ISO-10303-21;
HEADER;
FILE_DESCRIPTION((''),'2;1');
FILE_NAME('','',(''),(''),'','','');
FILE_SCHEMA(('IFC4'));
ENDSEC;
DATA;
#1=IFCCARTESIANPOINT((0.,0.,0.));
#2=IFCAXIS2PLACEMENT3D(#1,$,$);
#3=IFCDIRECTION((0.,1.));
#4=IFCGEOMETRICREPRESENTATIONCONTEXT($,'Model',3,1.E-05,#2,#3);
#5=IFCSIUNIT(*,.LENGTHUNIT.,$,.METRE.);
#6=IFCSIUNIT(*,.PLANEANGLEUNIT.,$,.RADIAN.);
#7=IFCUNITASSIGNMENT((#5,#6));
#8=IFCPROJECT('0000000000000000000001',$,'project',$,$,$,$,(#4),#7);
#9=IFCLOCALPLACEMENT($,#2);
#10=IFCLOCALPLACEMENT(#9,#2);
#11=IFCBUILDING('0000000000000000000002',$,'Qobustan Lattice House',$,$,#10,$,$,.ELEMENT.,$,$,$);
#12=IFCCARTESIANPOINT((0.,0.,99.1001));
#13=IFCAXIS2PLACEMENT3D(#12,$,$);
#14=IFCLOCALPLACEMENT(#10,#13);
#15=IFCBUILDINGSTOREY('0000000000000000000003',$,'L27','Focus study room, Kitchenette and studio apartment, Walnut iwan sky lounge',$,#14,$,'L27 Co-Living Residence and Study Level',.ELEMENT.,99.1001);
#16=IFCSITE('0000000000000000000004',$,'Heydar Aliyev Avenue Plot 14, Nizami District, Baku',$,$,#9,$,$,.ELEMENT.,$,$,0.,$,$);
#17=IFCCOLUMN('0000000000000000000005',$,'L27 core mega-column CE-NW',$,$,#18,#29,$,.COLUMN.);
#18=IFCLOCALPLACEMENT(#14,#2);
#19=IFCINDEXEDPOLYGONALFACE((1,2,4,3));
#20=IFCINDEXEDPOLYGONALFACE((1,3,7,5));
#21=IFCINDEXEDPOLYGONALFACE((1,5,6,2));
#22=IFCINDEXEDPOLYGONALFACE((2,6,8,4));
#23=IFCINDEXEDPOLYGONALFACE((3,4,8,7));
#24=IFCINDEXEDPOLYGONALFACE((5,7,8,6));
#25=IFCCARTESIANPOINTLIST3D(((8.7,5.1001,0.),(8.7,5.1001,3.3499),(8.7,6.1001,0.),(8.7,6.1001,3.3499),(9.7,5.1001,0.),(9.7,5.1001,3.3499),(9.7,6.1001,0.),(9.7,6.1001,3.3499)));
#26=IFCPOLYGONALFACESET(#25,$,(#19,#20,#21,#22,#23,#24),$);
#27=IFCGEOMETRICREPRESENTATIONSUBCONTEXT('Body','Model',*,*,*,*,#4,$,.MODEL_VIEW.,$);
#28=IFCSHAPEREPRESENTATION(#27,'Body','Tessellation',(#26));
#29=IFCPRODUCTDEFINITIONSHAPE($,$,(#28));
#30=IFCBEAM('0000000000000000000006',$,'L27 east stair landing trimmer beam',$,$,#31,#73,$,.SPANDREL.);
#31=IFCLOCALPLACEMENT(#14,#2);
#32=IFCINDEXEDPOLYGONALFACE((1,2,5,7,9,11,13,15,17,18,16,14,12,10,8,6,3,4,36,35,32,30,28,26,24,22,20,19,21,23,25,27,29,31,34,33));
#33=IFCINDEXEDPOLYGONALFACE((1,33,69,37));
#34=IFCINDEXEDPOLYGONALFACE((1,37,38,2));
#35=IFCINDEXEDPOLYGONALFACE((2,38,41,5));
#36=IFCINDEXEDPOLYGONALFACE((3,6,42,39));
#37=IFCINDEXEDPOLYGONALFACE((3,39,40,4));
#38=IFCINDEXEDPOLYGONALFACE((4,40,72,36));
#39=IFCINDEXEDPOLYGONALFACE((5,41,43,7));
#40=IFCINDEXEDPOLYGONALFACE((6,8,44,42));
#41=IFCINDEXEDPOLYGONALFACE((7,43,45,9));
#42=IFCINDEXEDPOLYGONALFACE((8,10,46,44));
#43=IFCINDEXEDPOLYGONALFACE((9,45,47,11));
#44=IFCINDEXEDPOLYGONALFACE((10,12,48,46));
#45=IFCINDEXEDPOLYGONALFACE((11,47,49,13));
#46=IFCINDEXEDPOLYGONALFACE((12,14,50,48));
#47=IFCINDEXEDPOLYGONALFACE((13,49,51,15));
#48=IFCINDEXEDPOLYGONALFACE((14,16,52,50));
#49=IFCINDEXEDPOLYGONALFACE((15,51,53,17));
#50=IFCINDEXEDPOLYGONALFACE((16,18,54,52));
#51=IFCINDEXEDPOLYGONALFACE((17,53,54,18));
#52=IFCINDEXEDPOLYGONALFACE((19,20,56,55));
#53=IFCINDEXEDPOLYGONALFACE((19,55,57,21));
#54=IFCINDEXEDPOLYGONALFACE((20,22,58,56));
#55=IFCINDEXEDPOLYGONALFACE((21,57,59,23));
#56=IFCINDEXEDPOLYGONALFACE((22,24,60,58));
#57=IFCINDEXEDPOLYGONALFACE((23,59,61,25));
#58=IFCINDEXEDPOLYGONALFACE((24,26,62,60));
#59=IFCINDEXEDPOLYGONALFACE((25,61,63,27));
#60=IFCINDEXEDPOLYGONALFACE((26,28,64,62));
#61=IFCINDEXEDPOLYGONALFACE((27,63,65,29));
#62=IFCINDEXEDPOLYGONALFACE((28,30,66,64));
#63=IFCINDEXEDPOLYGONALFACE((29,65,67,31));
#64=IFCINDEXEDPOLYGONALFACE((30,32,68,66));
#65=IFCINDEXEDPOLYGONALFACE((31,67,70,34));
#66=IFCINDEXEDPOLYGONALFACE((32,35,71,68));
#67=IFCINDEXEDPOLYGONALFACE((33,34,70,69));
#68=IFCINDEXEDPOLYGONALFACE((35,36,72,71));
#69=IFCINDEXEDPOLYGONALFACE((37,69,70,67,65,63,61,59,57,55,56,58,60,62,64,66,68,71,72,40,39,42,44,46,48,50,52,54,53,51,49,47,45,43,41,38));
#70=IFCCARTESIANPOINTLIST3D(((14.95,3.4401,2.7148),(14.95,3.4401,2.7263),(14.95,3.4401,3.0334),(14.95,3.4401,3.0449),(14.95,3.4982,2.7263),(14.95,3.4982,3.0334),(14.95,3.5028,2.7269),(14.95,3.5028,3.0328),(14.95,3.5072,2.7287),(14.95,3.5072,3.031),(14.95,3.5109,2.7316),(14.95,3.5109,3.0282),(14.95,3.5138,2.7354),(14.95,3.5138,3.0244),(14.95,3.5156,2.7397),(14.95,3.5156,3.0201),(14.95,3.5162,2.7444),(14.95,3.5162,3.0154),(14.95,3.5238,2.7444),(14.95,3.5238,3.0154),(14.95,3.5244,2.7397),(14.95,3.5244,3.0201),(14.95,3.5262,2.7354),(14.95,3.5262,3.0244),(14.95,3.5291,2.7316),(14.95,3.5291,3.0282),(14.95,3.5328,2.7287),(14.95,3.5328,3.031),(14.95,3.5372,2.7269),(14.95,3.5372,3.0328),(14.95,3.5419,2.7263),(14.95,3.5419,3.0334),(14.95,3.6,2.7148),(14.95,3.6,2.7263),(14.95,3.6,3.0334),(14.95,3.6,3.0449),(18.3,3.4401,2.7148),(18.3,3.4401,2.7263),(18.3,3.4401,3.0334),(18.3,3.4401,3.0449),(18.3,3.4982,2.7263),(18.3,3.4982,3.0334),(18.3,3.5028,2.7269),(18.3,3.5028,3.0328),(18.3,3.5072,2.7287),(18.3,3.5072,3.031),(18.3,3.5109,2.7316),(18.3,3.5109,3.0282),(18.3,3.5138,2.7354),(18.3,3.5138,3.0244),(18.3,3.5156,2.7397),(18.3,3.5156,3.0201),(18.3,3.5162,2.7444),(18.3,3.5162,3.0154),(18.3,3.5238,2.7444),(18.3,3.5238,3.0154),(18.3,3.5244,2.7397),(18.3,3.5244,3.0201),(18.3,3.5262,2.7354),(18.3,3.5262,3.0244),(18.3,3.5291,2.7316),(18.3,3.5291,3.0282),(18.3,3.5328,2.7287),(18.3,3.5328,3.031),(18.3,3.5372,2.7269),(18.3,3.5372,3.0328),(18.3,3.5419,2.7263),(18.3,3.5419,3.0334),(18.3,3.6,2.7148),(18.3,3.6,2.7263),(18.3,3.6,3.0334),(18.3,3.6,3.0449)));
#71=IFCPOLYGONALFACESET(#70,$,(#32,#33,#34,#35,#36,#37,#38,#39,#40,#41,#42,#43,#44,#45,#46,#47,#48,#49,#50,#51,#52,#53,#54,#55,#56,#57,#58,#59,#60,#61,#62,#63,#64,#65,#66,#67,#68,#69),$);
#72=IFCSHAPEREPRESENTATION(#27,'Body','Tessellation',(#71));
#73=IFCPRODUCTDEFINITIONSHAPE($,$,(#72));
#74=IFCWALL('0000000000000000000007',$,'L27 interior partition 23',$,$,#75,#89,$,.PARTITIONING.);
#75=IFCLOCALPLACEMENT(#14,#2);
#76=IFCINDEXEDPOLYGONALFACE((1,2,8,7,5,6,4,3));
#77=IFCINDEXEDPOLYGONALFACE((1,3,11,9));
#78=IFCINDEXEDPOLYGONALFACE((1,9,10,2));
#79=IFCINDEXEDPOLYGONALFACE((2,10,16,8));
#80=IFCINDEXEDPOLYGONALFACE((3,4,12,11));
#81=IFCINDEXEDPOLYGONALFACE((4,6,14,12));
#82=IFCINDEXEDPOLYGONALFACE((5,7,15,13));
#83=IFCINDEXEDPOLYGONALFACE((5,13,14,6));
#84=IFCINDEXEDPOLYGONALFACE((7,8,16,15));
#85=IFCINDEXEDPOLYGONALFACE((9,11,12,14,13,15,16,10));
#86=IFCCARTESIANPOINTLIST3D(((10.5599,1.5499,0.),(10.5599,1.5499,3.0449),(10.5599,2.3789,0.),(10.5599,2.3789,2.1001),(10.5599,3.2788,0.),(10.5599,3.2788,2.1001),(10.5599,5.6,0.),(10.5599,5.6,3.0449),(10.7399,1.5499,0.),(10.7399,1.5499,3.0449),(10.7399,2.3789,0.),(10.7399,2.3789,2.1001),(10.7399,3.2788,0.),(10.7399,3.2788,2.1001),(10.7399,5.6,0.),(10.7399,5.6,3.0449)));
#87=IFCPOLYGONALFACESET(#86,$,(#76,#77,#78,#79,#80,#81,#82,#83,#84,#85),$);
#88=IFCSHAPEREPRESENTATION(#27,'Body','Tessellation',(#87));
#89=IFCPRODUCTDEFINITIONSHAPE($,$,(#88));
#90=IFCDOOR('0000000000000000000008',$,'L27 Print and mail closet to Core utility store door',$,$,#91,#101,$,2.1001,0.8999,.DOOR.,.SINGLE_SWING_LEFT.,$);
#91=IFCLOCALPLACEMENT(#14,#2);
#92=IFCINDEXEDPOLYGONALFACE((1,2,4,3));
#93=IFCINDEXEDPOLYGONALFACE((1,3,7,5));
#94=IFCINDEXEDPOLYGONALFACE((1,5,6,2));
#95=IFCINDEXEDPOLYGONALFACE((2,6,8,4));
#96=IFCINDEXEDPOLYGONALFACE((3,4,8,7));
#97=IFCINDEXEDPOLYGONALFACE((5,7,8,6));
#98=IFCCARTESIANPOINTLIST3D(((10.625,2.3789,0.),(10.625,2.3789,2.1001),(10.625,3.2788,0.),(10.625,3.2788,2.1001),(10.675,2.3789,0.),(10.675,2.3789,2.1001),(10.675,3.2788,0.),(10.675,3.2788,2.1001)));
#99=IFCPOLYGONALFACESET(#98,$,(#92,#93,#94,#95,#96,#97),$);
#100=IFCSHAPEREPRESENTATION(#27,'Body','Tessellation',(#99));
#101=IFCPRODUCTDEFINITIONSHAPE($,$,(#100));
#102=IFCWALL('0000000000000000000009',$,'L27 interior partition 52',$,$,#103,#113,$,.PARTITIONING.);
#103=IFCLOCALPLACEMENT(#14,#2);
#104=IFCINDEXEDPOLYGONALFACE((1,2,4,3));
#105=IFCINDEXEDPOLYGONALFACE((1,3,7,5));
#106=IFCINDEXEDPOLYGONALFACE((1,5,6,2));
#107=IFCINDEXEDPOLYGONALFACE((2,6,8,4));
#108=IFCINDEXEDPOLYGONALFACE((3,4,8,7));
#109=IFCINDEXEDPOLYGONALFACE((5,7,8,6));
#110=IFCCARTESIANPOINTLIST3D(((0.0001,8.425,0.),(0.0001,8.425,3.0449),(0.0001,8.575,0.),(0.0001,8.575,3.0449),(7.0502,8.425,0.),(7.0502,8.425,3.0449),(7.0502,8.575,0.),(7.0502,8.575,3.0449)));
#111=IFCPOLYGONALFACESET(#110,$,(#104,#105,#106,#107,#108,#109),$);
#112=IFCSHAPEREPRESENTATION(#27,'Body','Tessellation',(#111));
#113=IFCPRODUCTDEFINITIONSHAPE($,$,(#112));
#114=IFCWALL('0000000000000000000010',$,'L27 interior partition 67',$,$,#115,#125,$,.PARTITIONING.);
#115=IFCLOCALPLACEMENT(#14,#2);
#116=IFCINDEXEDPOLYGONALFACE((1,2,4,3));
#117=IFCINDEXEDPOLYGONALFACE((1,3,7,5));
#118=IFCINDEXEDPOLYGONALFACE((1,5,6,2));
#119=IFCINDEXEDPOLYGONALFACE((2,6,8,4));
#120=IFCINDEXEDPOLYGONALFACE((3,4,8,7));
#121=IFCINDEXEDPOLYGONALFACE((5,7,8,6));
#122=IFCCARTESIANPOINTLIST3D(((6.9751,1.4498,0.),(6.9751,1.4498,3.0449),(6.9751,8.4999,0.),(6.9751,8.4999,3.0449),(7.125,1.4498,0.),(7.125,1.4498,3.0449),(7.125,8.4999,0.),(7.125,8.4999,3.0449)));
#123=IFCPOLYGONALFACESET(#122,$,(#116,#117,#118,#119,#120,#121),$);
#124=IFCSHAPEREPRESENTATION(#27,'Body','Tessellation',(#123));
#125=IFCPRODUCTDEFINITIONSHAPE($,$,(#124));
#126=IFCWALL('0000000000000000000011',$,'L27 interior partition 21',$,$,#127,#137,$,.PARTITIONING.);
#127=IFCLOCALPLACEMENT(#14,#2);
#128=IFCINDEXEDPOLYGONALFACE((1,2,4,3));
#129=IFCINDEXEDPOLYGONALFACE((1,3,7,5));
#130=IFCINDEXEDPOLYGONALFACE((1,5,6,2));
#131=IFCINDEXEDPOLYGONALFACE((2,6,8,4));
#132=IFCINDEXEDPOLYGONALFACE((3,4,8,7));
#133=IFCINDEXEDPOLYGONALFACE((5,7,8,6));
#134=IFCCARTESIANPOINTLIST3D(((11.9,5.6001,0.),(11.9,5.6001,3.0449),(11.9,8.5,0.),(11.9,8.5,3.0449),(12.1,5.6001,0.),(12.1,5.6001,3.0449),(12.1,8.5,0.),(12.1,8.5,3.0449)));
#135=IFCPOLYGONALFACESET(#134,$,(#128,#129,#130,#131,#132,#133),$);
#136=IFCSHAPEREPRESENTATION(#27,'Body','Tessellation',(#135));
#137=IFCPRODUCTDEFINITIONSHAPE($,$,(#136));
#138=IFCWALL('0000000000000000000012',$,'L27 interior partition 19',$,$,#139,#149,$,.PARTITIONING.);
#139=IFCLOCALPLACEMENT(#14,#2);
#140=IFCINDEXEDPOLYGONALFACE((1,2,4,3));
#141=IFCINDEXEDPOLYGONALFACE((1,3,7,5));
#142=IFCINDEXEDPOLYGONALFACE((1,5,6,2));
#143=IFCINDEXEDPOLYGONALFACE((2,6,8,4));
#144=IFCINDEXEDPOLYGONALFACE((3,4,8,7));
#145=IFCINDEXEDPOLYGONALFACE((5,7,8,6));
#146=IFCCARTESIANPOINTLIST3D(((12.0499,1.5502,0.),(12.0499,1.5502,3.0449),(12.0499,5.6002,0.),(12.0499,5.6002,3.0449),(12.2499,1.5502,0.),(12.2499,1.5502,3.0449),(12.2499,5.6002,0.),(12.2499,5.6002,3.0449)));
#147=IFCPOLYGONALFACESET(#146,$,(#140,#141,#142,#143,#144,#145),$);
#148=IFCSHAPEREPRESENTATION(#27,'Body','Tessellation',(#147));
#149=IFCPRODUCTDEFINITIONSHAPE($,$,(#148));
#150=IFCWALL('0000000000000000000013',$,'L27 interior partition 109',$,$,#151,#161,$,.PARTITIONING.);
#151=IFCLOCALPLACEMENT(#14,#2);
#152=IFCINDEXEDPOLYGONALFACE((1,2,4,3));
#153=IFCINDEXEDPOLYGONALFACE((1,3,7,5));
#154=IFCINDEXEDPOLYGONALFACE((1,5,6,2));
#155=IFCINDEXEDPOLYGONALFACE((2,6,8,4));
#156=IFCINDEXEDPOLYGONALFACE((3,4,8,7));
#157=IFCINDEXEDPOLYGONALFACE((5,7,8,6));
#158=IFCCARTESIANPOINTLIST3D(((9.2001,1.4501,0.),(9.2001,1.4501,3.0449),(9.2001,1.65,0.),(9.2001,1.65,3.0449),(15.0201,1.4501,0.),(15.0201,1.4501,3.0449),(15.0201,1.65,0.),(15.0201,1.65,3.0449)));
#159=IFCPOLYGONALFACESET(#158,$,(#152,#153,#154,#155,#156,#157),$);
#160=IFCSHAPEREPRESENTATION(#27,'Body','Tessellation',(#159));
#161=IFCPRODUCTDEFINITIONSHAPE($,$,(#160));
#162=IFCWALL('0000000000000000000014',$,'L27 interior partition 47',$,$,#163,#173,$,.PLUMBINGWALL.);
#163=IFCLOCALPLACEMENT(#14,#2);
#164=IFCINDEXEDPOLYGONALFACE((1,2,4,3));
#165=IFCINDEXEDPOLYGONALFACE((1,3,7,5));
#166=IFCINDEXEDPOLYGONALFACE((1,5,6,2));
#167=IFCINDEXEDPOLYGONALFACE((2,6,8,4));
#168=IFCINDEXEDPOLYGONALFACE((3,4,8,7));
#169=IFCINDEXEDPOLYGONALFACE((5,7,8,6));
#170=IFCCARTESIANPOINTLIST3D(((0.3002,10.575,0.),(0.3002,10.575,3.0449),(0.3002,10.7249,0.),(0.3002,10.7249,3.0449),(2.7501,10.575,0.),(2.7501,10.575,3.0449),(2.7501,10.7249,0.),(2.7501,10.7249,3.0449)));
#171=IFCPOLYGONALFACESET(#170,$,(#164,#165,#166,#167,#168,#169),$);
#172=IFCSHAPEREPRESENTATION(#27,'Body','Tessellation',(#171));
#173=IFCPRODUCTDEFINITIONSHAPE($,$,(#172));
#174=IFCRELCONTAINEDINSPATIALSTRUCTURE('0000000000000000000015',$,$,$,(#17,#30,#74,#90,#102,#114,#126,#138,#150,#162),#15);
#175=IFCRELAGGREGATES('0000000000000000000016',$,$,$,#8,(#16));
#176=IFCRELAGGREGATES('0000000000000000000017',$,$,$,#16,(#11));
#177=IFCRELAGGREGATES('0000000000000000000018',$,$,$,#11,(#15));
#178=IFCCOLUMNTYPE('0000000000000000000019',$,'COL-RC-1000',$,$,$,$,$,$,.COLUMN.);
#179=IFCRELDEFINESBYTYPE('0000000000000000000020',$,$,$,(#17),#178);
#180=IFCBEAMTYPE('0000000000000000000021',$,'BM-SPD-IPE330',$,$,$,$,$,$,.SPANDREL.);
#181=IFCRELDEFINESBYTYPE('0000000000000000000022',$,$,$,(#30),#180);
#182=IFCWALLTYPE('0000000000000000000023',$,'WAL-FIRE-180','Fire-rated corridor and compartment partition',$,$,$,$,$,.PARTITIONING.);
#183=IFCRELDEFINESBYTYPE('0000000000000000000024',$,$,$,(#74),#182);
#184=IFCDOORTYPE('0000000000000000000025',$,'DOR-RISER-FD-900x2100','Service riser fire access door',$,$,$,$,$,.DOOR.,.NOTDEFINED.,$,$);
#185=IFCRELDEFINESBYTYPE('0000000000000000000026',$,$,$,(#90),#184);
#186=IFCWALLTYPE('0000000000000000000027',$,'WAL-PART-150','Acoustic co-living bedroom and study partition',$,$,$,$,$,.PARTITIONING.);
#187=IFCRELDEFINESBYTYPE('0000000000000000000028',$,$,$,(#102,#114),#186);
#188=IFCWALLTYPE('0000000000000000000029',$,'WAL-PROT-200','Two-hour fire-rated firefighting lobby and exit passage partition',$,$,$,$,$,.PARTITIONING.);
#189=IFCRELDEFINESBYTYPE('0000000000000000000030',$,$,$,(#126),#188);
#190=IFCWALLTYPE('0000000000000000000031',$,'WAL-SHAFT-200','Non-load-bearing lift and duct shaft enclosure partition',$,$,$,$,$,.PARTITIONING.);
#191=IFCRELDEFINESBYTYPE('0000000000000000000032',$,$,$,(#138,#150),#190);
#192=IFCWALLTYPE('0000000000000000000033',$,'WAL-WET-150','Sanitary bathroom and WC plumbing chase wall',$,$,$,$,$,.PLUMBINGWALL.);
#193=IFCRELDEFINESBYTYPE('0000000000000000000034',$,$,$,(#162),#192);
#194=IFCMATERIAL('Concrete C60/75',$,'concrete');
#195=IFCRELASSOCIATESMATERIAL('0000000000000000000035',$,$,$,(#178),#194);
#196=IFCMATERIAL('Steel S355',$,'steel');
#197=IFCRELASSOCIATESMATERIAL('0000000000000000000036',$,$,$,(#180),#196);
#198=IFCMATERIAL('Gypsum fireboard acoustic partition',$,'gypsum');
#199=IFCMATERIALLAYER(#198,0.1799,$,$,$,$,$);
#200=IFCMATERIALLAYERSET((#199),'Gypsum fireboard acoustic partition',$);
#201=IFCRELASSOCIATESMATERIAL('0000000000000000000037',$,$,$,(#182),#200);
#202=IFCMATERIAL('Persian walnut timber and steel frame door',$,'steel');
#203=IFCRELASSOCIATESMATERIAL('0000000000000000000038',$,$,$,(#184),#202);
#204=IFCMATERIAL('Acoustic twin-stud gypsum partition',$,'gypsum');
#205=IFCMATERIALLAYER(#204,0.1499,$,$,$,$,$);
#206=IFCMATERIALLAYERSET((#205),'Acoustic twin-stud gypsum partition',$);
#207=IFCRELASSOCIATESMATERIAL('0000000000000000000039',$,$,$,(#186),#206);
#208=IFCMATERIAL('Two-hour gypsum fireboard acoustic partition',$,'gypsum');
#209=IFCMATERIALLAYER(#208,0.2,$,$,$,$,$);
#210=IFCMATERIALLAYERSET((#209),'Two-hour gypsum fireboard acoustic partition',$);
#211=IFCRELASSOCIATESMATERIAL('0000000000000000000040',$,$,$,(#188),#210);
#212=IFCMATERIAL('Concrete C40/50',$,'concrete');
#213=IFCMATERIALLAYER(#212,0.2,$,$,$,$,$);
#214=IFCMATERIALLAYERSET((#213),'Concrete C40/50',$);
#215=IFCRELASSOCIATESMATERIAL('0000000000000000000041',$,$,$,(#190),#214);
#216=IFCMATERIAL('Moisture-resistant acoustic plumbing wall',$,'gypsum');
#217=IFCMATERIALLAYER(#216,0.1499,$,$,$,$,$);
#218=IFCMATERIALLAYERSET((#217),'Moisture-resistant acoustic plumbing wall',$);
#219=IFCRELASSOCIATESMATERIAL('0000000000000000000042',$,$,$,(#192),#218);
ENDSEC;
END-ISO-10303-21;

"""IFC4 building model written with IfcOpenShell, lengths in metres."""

from ifc_helpers import new_model, si_unit, direction, frame, frame_2d, origin, origin_2d, place, context, subcontext, project, spatial, rectangle, i_section, extrude, material, layer, layer_set, material_profile, profile_set, type_object, element, fill, save


model = new_model("IFC4")

# Units and contexts
model_context = context("Model", 3, precision=1e-05, world=origin(), true_north=direction((0.0, 1.0)))
body_context = subcontext(model_context, "Body", "Model", "MODEL_VIEW")
ifc_project = project(units=[si_unit("LENGTHUNIT", "METRE"), si_unit("PLANEANGLEUNIT", "RADIAN")], contexts=[model_context])

# Site, building, storey
site_placement = place(None, origin())
site = spatial("IfcSite", under=ifc_project, at=site_placement, Name="Heydar Aliyev Avenue Plot 14, Nizami District, Baku", CompositionType="ELEMENT", RefElevation=0.0)
building_placement = place(site_placement, origin())
building = spatial("IfcBuilding", under=site, at=building_placement, Name="Qobustan Lattice House", CompositionType="ELEMENT")
storey_placement = place(building_placement, frame((0.0, 0.0, 99.1001)))
storey = spatial("IfcBuildingStorey", under=building, at=storey_placement, Name="L27", Description="Focus study room, Kitchenette and studio apartment, Walnut iwan sky lounge", LongName="L27 Co-Living Residence and Study Level", CompositionType="ELEMENT", Elevation=99.1001)

# Column
ifc_material_1 = material(Name="Concrete C60/75", Category="concrete")
ifc_material_profile_1 = material_profile(ifc_material_1, rectangle(XDim=1.0, YDim=1.0, at=origin_2d()), Name="RC1000x1000")
ifc_profile_set_1 = profile_set([ifc_material_profile_1], Name="Concrete C60/75")
column_type = type_object("IfcColumnType", Name="COL-RC-1000", PredefinedType="COLUMN", material=ifc_profile_set_1)
column_placement = place(storey_placement, frame((9.2, 5.6001, 0.0), z_axis=(0.0, 0.0, 1.0), x_axis=(1.0, 0.0, 0.0)))
element("IfcColumn", 1, at=column_placement, inside=storey, type_object=column_type, Name="L27 core mega-column CE-NW", PredefinedType="COLUMN", context=body_context, shape_type="SweptSolid", body=[
    extrude(rectangle(XDim=1.0, YDim=1.0, at=origin_2d()), origin(), (0.0, 0.0, 1.0), 3.3499),
])

# Beam
ifc_material_2 = material(Name="Steel S355", Category="steel")
ifc_material_profile_2 = material_profile(ifc_material_2, i_section(OverallWidth=0.1599, OverallDepth=0.3301, WebThickness=0.0076, FlangeThickness=0.0115, FilletRadius=0.0181, at=origin_2d()), Name="IPE330")
ifc_profile_set_2 = profile_set([ifc_material_profile_2], Name="Steel S355")
beam_type = type_object("IfcBeamType", Name="BM-SPD-IPE330", PredefinedType="SPANDREL", material=ifc_profile_set_2)
beam_placement = place(storey_placement, frame((14.95, 3.52, 2.8799), z_axis=(1.0, 0.0, 0.0), x_axis=(0.0, 1.0, 0.0)))
element("IfcBeam", 2, at=beam_placement, inside=storey, type_object=beam_type, Name="L27 east stair landing trimmer beam", PredefinedType="SPANDREL", context=body_context, shape_type="SweptSolid", body=[
    extrude(i_section(OverallWidth=0.1599, OverallDepth=0.3301, WebThickness=0.0076, FlangeThickness=0.0115, FilletRadius=0.0181, at=origin_2d()), origin(), (0.0, 0.0, 1.0), 3.3501),
])

# Wall, opening, door
ifc_material_3 = material(Name="Gypsum fireboard acoustic partition", Category="gypsum")
ifc_layer_1 = layer(ifc_material_3, 0.1799)
ifc_layer_set_1 = layer_set([ifc_layer_1], Name="Gypsum fireboard acoustic partition")
wall_type_1 = type_object("IfcWallType", Name="WAL-FIRE-180", Description="Fire-rated corridor and compartment partition", PredefinedType="PARTITIONING", material=ifc_layer_set_1)
wall_1_placement = place(storey_placement, frame((10.6499, 1.55, 0.0), z_axis=(0.0, 0.0, 1.0), x_axis=(0.0, 1.0, 0.0)))
wall_1 = element("IfcWall", 3, at=wall_1_placement, inside=storey, type_object=wall_type_1, Name="L27 interior partition 23", PredefinedType="PARTITIONING", context=body_context, shape_type="SweptSolid", body=[
    extrude(rectangle(XDim=4.05, YDim=0.1799, at=frame_2d((2.0249, 0.0))), origin(), (0.0, 0.0, 1.0), 3.0449),
])
opening_1_placement = place(wall_1_placement, frame((0.8289, 0.0, 0.0)))
opening_1 = element("IfcOpeningElement", 4, at=opening_1_placement, cuts=wall_1, PredefinedType="OPENING", context=body_context, shape_type="SweptSolid", body=[
    extrude(rectangle(XDim=0.8999, YDim=2.1001, at=frame_2d((0.45, 1.05))), frame((0.0, 0.0999, 0.0), z_axis=(0.0, -1.0, 0.0), x_axis=(1.0, 0.0, 0.0)), (0.0, 0.0, 1.0), 0.2),
])
ifc_material_4 = material(Name="Persian walnut timber and steel frame door", Category="steel")
door_type_1 = type_object("IfcDoorType", Name="DOR-RISER-FD-900x2100", Description="Service riser fire access door", OperationType="NOTDEFINED", PredefinedType="DOOR", material=ifc_material_4)
door_1_placement = place(opening_1_placement, origin())
door_1 = element("IfcDoor", 5, at=door_1_placement, inside=storey, type_object=door_type_1, Name="L27 Print and mail closet to Core utility store door", OperationType="SINGLE_SWING_LEFT", OverallHeight=2.1001, OverallWidth=0.8999, PredefinedType="DOOR", context=body_context, shape_type="SweptSolid", body=[
    extrude(rectangle(XDim=0.8999, YDim=2.1001, at=frame_2d((0.45, 1.05))), frame((0.0, 0.0249, 0.0), z_axis=(0.0, -1.0, 0.0), x_axis=(1.0, 0.0, 0.0)), (0.0, 0.0, 1.0), 0.05),
])
fill(opening_1, door_1)

# Walls
ifc_material_5 = material(Name="Acoustic twin-stud gypsum partition", Category="gypsum")
ifc_layer_2 = layer(ifc_material_5, 0.1499)
ifc_layer_set_2 = layer_set([ifc_layer_2], Name="Acoustic twin-stud gypsum partition")
wall_type_2 = type_object("IfcWallType", Name="WAL-PART-150", Description="Acoustic co-living bedroom and study partition", PredefinedType="PARTITIONING", material=ifc_layer_set_2)
for number, where, z_axis, x_axis, name in (
    (6, (7.05, 8.5, 0.0), (0.0, 0.0, 1.0), (-1.0, 0.0, 0.0), "L27 interior partition 52"),
    (7, (7.05, 1.45, 0.0), (0.0, 0.0, 1.0), (0.0, 1.0, 0.0), "L27 interior partition 67"),
):
    element("IfcWall", number, at=place(storey_placement, frame(where, z_axis=z_axis, x_axis=x_axis)), inside=storey, type_object=wall_type_2, Name=name, PredefinedType="PARTITIONING", context=body_context, shape_type="SweptSolid", body=[
        extrude(rectangle(XDim=7.05, YDim=0.1499, at=frame_2d((3.5249, 0.0))), origin(), (0.0, 0.0, 1.0), 3.0449),
    ])
ifc_material_6 = material(Name="Two-hour gypsum fireboard acoustic partition", Category="gypsum")
ifc_layer_3 = layer(ifc_material_6, 0.2)
ifc_layer_set_3 = layer_set([ifc_layer_3], Name="Two-hour gypsum fireboard acoustic partition")
wall_type_3 = type_object("IfcWallType", Name="WAL-PROT-200", Description="Two-hour fire-rated firefighting lobby and exit passage partition", PredefinedType="PARTITIONING", material=ifc_layer_set_3)
wall_2_placement = place(storey_placement, frame((12.0, 8.5, 0.0), z_axis=(0.0, 0.0, 1.0), x_axis=(0.0, -1.0, 0.0)))
element("IfcWall", 8, at=wall_2_placement, inside=storey, type_object=wall_type_3, Name="L27 interior partition 21", PredefinedType="PARTITIONING", context=body_context, shape_type="SweptSolid", body=[
    extrude(rectangle(XDim=2.8999, YDim=0.2, at=frame_2d((1.45, 0.0))), origin(), (0.0, 0.0, 1.0), 3.0449),
])
ifc_material_7 = material(Name="Concrete C40/50", Category="concrete")
ifc_layer_4 = layer(ifc_material_7, 0.2)
ifc_layer_set_4 = layer_set([ifc_layer_4], Name="Concrete C40/50")
wall_type_4 = type_object("IfcWallType", Name="WAL-SHAFT-200", Description="Non-load-bearing lift and duct shaft enclosure partition", PredefinedType="PARTITIONING", material=ifc_layer_set_4)
wall_3_placement = place(storey_placement, frame((12.1499, 5.6001, 0.0), z_axis=(0.0, 0.0, 1.0), x_axis=(0.0, -1.0, 0.0)))
element("IfcWall", 9, at=wall_3_placement, inside=storey, type_object=wall_type_4, Name="L27 interior partition 19", PredefinedType="PARTITIONING", context=body_context, shape_type="SweptSolid", body=[
    extrude(rectangle(XDim=4.05, YDim=0.2, at=frame_2d((2.0249, 0.0))), origin(), (0.0, 0.0, 1.0), 3.0449),
])
wall_4_placement = place(storey_placement, frame((9.2, 1.55, 0.0), z_axis=(0.0, 0.0, 1.0), x_axis=(1.0, 0.0, 0.0)))
element("IfcWall", 10, at=wall_4_placement, inside=storey, type_object=wall_type_4, Name="L27 interior partition 109", PredefinedType="PARTITIONING", context=body_context, shape_type="SweptSolid", body=[
    extrude(rectangle(XDim=5.8201, YDim=0.2, at=frame_2d((2.9102, 0.0))), origin(), (0.0, 0.0, 1.0), 3.0449),
])
ifc_material_8 = material(Name="Moisture-resistant acoustic plumbing wall", Category="gypsum")
ifc_layer_5 = layer(ifc_material_8, 0.1499)
ifc_layer_set_5 = layer_set([ifc_layer_5], Name="Moisture-resistant acoustic plumbing wall")
wall_type_5 = type_object("IfcWallType", Name="WAL-WET-150", Description="Sanitary bathroom and WC plumbing chase wall", PredefinedType="PLUMBINGWALL", material=ifc_layer_set_5)
wall_5_placement = place(storey_placement, frame((0.3, 10.6499, 0.0), z_axis=(0.0, 0.0, 1.0), x_axis=(1.0, 0.0, 0.0)))
element("IfcWall", 11, at=wall_5_placement, inside=storey, type_object=wall_type_5, Name="L27 interior partition 47", PredefinedType="PLUMBINGWALL", context=body_context, shape_type="SweptSolid", body=[
    extrude(rectangle(XDim=2.45, YDim=0.1499, at=frame_2d((1.2251, 0.0))), origin(), (0.0, 0.0, 1.0), 3.0449),
])

save(model, "model.ifc")
